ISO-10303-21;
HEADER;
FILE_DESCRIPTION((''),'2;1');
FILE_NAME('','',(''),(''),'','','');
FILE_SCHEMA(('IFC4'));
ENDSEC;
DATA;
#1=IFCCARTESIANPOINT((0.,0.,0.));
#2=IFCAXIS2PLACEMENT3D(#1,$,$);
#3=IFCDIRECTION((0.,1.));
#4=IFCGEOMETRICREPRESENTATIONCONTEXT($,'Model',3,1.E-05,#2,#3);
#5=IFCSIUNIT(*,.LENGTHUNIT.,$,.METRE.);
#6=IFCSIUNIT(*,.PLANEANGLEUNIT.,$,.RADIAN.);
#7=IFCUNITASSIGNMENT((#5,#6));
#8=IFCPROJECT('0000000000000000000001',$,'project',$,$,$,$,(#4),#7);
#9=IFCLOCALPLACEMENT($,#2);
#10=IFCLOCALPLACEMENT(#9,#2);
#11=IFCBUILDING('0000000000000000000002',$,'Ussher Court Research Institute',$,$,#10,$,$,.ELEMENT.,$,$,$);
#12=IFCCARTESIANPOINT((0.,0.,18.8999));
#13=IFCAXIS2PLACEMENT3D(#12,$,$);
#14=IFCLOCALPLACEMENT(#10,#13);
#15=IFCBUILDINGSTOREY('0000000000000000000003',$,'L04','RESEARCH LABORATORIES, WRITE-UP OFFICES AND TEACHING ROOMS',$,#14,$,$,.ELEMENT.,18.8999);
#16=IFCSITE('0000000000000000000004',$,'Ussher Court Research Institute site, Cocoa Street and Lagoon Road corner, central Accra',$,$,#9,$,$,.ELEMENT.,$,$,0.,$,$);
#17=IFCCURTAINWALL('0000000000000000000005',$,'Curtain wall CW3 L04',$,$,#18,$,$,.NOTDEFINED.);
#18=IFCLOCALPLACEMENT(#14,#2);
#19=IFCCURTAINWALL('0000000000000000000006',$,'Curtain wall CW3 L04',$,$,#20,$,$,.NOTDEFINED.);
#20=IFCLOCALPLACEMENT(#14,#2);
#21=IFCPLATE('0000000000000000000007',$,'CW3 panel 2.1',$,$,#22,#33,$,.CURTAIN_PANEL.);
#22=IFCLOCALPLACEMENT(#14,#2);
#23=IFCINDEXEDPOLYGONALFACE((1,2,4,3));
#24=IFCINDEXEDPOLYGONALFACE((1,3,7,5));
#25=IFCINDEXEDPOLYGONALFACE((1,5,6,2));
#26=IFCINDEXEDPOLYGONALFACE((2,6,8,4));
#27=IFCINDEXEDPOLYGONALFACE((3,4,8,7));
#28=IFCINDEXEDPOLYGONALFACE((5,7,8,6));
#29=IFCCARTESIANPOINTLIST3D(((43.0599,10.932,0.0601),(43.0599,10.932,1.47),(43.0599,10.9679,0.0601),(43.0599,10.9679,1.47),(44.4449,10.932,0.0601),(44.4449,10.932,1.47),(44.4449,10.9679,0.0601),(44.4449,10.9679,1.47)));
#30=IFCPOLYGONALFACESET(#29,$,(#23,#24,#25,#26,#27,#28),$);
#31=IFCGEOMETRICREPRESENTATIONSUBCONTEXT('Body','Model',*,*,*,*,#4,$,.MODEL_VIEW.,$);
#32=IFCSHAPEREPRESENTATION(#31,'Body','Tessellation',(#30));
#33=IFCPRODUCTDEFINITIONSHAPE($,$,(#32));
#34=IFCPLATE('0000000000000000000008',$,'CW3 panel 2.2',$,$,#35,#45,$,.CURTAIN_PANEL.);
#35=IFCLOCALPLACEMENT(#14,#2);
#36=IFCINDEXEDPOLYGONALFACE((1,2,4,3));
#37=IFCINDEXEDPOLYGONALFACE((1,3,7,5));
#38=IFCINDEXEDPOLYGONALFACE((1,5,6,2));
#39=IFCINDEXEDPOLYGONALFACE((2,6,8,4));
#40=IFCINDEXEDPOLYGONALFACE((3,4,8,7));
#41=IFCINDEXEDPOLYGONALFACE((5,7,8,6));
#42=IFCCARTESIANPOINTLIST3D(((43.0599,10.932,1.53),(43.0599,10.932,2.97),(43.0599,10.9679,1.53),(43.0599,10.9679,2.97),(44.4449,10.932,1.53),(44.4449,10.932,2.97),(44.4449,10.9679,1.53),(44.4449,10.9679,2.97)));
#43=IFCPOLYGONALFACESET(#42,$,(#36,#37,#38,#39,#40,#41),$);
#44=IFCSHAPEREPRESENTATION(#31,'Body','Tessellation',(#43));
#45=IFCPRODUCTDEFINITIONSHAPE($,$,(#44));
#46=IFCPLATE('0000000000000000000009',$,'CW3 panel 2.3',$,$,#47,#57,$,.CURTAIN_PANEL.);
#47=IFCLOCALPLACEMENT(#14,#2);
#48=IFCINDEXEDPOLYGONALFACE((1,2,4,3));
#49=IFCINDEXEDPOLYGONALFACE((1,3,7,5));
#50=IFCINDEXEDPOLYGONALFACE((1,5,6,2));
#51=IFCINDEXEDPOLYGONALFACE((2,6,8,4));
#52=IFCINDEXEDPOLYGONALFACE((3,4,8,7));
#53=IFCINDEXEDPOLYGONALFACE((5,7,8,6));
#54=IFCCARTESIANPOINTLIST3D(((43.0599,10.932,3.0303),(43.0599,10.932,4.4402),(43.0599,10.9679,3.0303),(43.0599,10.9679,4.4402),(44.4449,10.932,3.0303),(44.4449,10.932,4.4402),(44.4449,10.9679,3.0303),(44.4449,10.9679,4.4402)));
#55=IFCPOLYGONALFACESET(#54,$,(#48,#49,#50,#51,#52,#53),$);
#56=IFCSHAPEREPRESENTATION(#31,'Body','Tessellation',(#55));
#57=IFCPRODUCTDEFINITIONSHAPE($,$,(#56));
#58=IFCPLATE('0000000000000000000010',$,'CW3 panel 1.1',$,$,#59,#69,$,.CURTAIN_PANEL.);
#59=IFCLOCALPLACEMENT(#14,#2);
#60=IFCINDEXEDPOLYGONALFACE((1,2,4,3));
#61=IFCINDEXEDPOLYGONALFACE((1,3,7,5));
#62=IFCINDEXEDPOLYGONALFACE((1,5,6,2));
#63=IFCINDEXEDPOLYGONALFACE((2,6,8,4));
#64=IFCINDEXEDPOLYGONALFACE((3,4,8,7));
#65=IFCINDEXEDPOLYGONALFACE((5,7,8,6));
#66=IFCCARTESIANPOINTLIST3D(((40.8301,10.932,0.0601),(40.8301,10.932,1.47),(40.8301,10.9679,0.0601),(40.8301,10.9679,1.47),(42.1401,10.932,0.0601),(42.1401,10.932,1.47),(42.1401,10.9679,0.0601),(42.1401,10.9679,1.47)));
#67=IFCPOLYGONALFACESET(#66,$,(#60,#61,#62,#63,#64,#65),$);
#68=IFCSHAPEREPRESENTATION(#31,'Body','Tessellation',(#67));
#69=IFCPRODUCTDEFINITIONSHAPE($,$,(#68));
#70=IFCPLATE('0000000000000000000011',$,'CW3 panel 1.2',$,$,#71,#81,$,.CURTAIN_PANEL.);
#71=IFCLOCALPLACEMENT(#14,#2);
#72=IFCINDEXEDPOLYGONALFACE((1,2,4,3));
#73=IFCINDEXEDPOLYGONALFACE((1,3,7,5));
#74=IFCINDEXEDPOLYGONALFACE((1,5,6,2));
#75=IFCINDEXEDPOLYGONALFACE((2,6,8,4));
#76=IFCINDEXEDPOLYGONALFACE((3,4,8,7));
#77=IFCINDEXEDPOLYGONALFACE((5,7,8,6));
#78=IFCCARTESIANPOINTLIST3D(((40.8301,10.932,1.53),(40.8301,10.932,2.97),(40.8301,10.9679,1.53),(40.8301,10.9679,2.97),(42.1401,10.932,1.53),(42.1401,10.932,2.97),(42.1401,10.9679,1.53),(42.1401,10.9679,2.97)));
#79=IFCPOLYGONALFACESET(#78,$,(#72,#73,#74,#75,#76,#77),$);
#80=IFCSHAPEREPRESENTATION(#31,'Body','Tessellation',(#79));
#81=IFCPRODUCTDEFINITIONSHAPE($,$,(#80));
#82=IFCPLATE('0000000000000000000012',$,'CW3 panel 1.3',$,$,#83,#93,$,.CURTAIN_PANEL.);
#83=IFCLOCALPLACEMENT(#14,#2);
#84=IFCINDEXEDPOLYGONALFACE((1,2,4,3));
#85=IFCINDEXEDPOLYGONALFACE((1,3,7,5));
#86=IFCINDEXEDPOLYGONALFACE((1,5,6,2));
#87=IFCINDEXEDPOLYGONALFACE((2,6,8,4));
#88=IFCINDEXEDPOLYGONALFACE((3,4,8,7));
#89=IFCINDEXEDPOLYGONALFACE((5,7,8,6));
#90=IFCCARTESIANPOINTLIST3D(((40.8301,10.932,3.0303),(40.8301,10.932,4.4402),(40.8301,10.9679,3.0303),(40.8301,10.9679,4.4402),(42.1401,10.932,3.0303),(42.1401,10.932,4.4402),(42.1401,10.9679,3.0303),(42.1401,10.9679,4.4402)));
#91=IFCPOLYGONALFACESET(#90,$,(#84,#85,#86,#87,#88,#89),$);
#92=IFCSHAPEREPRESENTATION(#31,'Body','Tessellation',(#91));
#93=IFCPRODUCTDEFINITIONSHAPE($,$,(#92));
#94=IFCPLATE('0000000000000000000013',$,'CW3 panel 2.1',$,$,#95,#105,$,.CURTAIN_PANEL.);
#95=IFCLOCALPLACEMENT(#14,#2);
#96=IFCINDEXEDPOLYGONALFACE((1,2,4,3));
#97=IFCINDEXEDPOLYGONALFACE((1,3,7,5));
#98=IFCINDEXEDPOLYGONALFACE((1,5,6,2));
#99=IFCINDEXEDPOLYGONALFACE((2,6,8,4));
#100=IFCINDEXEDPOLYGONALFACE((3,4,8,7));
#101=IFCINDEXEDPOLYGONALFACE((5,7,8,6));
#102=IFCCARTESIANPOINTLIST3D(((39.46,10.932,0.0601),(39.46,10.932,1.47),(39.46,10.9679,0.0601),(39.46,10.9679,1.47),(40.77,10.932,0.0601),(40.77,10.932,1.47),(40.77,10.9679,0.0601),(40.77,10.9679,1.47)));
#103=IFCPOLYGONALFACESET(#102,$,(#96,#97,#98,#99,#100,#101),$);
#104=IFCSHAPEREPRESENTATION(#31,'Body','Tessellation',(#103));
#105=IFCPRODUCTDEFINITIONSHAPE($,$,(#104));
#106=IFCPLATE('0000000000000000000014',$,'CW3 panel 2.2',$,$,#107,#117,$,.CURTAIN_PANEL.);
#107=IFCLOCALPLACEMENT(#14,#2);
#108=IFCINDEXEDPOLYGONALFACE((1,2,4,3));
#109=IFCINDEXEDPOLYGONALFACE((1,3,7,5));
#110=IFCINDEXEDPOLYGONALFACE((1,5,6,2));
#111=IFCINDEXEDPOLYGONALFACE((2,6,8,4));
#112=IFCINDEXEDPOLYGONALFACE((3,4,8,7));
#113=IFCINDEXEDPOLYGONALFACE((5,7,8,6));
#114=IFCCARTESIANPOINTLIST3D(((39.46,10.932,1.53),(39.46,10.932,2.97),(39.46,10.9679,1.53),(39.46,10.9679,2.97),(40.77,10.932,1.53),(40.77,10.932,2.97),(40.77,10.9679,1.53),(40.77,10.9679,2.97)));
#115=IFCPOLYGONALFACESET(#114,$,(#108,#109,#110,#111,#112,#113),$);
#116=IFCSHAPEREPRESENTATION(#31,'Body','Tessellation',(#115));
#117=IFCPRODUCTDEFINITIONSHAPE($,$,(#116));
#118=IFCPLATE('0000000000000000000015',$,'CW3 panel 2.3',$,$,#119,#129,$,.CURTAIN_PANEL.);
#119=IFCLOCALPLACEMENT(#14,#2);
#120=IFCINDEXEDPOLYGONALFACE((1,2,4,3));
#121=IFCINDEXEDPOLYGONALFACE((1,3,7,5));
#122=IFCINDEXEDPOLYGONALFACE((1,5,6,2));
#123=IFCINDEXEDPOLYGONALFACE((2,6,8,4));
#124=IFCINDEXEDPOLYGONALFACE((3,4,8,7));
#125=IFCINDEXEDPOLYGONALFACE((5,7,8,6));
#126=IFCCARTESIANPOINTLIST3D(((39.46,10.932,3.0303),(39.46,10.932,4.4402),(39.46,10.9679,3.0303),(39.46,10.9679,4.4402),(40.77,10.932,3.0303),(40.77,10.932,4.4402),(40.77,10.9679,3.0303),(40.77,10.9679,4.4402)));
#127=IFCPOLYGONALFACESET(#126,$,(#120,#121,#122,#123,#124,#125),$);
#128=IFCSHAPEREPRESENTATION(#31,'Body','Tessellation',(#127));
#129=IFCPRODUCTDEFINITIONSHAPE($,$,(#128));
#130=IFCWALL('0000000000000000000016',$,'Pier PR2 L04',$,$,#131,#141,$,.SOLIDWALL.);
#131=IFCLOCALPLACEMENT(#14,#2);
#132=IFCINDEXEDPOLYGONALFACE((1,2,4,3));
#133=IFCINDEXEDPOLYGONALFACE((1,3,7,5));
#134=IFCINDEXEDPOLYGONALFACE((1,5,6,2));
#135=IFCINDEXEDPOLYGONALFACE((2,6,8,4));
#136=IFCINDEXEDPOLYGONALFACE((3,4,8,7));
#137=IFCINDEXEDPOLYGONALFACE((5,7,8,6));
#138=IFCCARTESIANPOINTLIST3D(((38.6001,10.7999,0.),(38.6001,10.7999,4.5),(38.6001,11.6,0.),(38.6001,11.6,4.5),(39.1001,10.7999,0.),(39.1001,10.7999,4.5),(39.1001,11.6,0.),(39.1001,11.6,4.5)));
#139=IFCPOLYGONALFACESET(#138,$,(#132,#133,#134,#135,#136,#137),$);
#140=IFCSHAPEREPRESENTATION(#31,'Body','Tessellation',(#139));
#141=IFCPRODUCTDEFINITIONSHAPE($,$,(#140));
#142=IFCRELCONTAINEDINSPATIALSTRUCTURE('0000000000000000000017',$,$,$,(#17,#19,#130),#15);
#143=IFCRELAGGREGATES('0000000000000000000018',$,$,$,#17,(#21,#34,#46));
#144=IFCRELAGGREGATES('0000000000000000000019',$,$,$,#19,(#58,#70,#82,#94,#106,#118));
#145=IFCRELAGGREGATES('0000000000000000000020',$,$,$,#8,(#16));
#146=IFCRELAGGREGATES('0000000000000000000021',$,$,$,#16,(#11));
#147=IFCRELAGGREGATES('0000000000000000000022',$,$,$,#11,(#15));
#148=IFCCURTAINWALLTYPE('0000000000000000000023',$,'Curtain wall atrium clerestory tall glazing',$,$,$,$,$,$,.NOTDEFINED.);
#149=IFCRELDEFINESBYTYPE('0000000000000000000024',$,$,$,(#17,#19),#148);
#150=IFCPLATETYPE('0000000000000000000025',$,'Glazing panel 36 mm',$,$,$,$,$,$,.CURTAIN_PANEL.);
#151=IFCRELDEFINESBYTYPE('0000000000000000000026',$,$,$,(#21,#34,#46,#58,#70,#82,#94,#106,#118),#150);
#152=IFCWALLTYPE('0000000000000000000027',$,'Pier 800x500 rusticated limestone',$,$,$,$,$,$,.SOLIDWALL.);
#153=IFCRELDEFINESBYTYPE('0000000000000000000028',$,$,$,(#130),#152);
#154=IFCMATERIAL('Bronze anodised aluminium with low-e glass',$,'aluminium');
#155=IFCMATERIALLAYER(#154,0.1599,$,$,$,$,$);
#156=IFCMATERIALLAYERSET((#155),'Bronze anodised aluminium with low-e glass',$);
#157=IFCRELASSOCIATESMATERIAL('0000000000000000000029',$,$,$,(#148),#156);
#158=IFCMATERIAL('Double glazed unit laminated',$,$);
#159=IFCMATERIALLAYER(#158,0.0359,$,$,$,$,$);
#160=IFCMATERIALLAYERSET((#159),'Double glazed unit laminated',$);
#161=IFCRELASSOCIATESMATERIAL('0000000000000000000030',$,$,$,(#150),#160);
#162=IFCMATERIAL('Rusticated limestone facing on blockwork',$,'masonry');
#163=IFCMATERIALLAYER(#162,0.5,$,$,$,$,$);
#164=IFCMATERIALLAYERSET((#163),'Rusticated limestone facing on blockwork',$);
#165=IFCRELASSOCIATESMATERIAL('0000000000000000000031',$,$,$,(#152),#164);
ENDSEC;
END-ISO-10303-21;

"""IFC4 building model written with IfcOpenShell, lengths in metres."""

from ifc_helpers import new_model, si_unit, direction, frame, frame_2d, origin, origin_2d, place, context, subcontext, project, spatial, rectangle, extrude, material, layer, layer_set, type_object, element, aggregate, save


model = new_model("IFC4")

# Units and contexts
model_context = context("Model", 3, precision=1e-05, world=origin(), true_north=direction((0.0, 1.0)))
body_context = subcontext(model_context, "Body", "Model", "MODEL_VIEW")
ifc_project = project(units=[si_unit("LENGTHUNIT", "METRE"), si_unit("PLANEANGLEUNIT", "RADIAN")], contexts=[model_context])

# Site, building, storey
site_placement = place(None, origin())
site = spatial("IfcSite", under=ifc_project, at=site_placement, Name="Ussher Court Research Institute site, Cocoa Street and Lagoon Road corner, central Accra", CompositionType="ELEMENT", RefElevation=0.0)
building_placement = place(site_placement, origin())
building = spatial("IfcBuilding", under=site, at=building_placement, Name="Ussher Court Research Institute", CompositionType="ELEMENT")
storey_placement = place(building_placement, frame((0.0, 0.0, 18.8999)))
storey = spatial("IfcBuildingStorey", under=building, at=storey_placement, Name="L04", Description="RESEARCH LABORATORIES, WRITE-UP OFFICES AND TEACHING ROOMS", CompositionType="ELEMENT", Elevation=18.8999)

# Curtain wall
ifc_material_1 = material(Name="Bronze anodised aluminium with low-e glass", Category="aluminium")
ifc_layer_1 = layer(ifc_material_1, 0.1599)
ifc_layer_set_1 = layer_set([ifc_layer_1], Name="Bronze anodised aluminium with low-e glass")
curtain_wall_type = type_object("IfcCurtainWallType", Name="Curtain wall atrium clerestory tall glazing", PredefinedType="NOTDEFINED", material=ifc_layer_set_1)
curtain_wall_1_placement = place(storey_placement, origin())
curtain_wall_1 = element("IfcCurtainWall", 1, at=curtain_wall_1_placement, inside=storey, type_object=curtain_wall_type, Name="Curtain wall CW3 L04", PredefinedType="NOTDEFINED")

# Curtain wall
curtain_wall_2_placement = place(storey_placement, origin())
curtain_wall_2 = element("IfcCurtainWall", 2, at=curtain_wall_2_placement, inside=storey, type_object=curtain_wall_type, Name="Curtain wall CW3 L04", PredefinedType="NOTDEFINED")

# Plates
ifc_material_2 = material(Name="Double glazed unit laminated")
ifc_layer_2 = layer(ifc_material_2, 0.0359)
ifc_layer_set_2 = layer_set([ifc_layer_2], Name="Double glazed unit laminated")
plate_type = type_object("IfcPlateType", Name="Glazing panel 36 mm", PredefinedType="CURTAIN_PANEL", material=ifc_layer_set_2)
plate_1_placement = place(storey_placement, frame((43.7524, 10.95, 0.0601), z_axis=(0.0, 0.0, 1.0), x_axis=(-1.0, 0.0, 0.0)))
plate_1 = element("IfcPlate", 3, at=plate_1_placement, type_object=plate_type, Name="CW3 panel 2.1", PredefinedType="CURTAIN_PANEL", context=body_context, shape_type="SweptSolid", body=[
    extrude(rectangle(XDim=1.385, YDim=0.0359, at=origin_2d()), origin(), (0.0, 0.0, 1.0), 1.4099),
])
plate_2_placement = place(storey_placement, frame((43.7524, 10.95, 1.53), z_axis=(0.0, 0.0, 1.0), x_axis=(-1.0, 0.0, 0.0)))
plate_2 = element("IfcPlate", 4, at=plate_2_placement, type_object=plate_type, Name="CW3 panel 2.2", PredefinedType="CURTAIN_PANEL", context=body_context, shape_type="SweptSolid", body=[
    extrude(rectangle(XDim=1.385, YDim=0.0359, at=origin_2d()), origin(), (0.0, 0.0, 1.0), 1.4399),
])
plate_3_placement = place(storey_placement, frame((43.7524, 10.95, 3.0303), z_axis=(0.0, 0.0, 1.0), x_axis=(-1.0, 0.0, 0.0)))
plate_3 = element("IfcPlate", 5, at=plate_3_placement, type_object=plate_type, Name="CW3 panel 2.3", PredefinedType="CURTAIN_PANEL", context=body_context, shape_type="SweptSolid", body=[
    extrude(rectangle(XDim=1.385, YDim=0.0359, at=origin_2d()), origin(), (0.0, 0.0, 1.0), 1.4099),
])
aggregate(curtain_wall_1, [plate_1, plate_2, plate_3])
plate_4_placement = place(storey_placement, frame((41.4851, 10.95, 0.0601), z_axis=(0.0, 0.0, 1.0), x_axis=(-1.0, 0.0, 0.0)))
plate_4 = element("IfcPlate", 6, at=plate_4_placement, type_object=plate_type, Name="CW3 panel 1.1", PredefinedType="CURTAIN_PANEL", context=body_context, shape_type="SweptSolid", body=[
    extrude(rectangle(XDim=1.3101, YDim=0.0359, at=origin_2d()), origin(), (0.0, 0.0, 1.0), 1.4099),
])
plate_5_placement = place(storey_placement, frame((41.4851, 10.95, 1.53), z_axis=(0.0, 0.0, 1.0), x_axis=(-1.0, 0.0, 0.0)))
plate_5 = element("IfcPlate", 7, at=plate_5_placement, type_object=plate_type, Name="CW3 panel 1.2", PredefinedType="CURTAIN_PANEL", context=body_context, shape_type="SweptSolid", body=[
    extrude(rectangle(XDim=1.3101, YDim=0.0359, at=origin_2d()), origin(), (0.0, 0.0, 1.0), 1.4399),
])
plate_6_placement = place(storey_placement, frame((41.4851, 10.95, 3.0303), z_axis=(0.0, 0.0, 1.0), x_axis=(-1.0, 0.0, 0.0)))
plate_6 = element("IfcPlate", 8, at=plate_6_placement, type_object=plate_type, Name="CW3 panel 1.3", PredefinedType="CURTAIN_PANEL", context=body_context, shape_type="SweptSolid", body=[
    extrude(rectangle(XDim=1.3101, YDim=0.0359, at=origin_2d()), origin(), (0.0, 0.0, 1.0), 1.4099),
])
plate_7_placement = place(storey_placement, frame((40.115, 10.95, 0.0601), z_axis=(0.0, 0.0, 1.0), x_axis=(-1.0, 0.0, 0.0)))
plate_7 = element("IfcPlate", 9, at=plate_7_placement, type_object=plate_type, Name="CW3 panel 2.1", PredefinedType="CURTAIN_PANEL", context=body_context, shape_type="SweptSolid", body=[
    extrude(rectangle(XDim=1.3101, YDim=0.0359, at=origin_2d()), origin(), (0.0, 0.0, 1.0), 1.4099),
])
plate_8_placement = place(storey_placement, frame((40.115, 10.95, 1.53), z_axis=(0.0, 0.0, 1.0), x_axis=(-1.0, 0.0, 0.0)))
plate_8 = element("IfcPlate", 10, at=plate_8_placement, type_object=plate_type, Name="CW3 panel 2.2", PredefinedType="CURTAIN_PANEL", context=body_context, shape_type="SweptSolid", body=[
    extrude(rectangle(XDim=1.3101, YDim=0.0359, at=origin_2d()), origin(), (0.0, 0.0, 1.0), 1.4399),
])
plate_9_placement = place(storey_placement, frame((40.115, 10.95, 3.0303), z_axis=(0.0, 0.0, 1.0), x_axis=(-1.0, 0.0, 0.0)))
plate_9 = element("IfcPlate", 11, at=plate_9_placement, type_object=plate_type, Name="CW3 panel 2.3", PredefinedType="CURTAIN_PANEL", context=body_context, shape_type="SweptSolid", body=[
    extrude(rectangle(XDim=1.3101, YDim=0.0359, at=origin_2d()), origin(), (0.0, 0.0, 1.0), 1.4099),
])
aggregate(curtain_wall_2, [plate_4, plate_5, plate_6, plate_7, plate_8, plate_9])

# Wall
ifc_material_3 = material(Name="Rusticated limestone facing on blockwork", Category="masonry")
ifc_layer_3 = layer(ifc_material_3, 0.5)
ifc_layer_set_3 = layer_set([ifc_layer_3], Name="Rusticated limestone facing on blockwork")
wall_type = type_object("IfcWallType", Name="Pier 800x500 rusticated limestone", PredefinedType="SOLIDWALL", material=ifc_layer_set_3)
wall_placement = place(storey_placement, frame((38.8501, 10.8, 0.0), z_axis=(0.0, 0.0, 1.0), x_axis=(0.0, 1.0, 0.0)))
element("IfcWall", 12, at=wall_placement, inside=storey, type_object=wall_type, Name="Pier PR2 L04", PredefinedType="SOLIDWALL", context=body_context, shape_type="SweptSolid", body=[
    extrude(rectangle(XDim=0.8, YDim=0.5, at=frame_2d((0.3999, 0.0))), origin(), (0.0, 0.0, 1.0), 4.5),
])

save(model, "model.ifc")
